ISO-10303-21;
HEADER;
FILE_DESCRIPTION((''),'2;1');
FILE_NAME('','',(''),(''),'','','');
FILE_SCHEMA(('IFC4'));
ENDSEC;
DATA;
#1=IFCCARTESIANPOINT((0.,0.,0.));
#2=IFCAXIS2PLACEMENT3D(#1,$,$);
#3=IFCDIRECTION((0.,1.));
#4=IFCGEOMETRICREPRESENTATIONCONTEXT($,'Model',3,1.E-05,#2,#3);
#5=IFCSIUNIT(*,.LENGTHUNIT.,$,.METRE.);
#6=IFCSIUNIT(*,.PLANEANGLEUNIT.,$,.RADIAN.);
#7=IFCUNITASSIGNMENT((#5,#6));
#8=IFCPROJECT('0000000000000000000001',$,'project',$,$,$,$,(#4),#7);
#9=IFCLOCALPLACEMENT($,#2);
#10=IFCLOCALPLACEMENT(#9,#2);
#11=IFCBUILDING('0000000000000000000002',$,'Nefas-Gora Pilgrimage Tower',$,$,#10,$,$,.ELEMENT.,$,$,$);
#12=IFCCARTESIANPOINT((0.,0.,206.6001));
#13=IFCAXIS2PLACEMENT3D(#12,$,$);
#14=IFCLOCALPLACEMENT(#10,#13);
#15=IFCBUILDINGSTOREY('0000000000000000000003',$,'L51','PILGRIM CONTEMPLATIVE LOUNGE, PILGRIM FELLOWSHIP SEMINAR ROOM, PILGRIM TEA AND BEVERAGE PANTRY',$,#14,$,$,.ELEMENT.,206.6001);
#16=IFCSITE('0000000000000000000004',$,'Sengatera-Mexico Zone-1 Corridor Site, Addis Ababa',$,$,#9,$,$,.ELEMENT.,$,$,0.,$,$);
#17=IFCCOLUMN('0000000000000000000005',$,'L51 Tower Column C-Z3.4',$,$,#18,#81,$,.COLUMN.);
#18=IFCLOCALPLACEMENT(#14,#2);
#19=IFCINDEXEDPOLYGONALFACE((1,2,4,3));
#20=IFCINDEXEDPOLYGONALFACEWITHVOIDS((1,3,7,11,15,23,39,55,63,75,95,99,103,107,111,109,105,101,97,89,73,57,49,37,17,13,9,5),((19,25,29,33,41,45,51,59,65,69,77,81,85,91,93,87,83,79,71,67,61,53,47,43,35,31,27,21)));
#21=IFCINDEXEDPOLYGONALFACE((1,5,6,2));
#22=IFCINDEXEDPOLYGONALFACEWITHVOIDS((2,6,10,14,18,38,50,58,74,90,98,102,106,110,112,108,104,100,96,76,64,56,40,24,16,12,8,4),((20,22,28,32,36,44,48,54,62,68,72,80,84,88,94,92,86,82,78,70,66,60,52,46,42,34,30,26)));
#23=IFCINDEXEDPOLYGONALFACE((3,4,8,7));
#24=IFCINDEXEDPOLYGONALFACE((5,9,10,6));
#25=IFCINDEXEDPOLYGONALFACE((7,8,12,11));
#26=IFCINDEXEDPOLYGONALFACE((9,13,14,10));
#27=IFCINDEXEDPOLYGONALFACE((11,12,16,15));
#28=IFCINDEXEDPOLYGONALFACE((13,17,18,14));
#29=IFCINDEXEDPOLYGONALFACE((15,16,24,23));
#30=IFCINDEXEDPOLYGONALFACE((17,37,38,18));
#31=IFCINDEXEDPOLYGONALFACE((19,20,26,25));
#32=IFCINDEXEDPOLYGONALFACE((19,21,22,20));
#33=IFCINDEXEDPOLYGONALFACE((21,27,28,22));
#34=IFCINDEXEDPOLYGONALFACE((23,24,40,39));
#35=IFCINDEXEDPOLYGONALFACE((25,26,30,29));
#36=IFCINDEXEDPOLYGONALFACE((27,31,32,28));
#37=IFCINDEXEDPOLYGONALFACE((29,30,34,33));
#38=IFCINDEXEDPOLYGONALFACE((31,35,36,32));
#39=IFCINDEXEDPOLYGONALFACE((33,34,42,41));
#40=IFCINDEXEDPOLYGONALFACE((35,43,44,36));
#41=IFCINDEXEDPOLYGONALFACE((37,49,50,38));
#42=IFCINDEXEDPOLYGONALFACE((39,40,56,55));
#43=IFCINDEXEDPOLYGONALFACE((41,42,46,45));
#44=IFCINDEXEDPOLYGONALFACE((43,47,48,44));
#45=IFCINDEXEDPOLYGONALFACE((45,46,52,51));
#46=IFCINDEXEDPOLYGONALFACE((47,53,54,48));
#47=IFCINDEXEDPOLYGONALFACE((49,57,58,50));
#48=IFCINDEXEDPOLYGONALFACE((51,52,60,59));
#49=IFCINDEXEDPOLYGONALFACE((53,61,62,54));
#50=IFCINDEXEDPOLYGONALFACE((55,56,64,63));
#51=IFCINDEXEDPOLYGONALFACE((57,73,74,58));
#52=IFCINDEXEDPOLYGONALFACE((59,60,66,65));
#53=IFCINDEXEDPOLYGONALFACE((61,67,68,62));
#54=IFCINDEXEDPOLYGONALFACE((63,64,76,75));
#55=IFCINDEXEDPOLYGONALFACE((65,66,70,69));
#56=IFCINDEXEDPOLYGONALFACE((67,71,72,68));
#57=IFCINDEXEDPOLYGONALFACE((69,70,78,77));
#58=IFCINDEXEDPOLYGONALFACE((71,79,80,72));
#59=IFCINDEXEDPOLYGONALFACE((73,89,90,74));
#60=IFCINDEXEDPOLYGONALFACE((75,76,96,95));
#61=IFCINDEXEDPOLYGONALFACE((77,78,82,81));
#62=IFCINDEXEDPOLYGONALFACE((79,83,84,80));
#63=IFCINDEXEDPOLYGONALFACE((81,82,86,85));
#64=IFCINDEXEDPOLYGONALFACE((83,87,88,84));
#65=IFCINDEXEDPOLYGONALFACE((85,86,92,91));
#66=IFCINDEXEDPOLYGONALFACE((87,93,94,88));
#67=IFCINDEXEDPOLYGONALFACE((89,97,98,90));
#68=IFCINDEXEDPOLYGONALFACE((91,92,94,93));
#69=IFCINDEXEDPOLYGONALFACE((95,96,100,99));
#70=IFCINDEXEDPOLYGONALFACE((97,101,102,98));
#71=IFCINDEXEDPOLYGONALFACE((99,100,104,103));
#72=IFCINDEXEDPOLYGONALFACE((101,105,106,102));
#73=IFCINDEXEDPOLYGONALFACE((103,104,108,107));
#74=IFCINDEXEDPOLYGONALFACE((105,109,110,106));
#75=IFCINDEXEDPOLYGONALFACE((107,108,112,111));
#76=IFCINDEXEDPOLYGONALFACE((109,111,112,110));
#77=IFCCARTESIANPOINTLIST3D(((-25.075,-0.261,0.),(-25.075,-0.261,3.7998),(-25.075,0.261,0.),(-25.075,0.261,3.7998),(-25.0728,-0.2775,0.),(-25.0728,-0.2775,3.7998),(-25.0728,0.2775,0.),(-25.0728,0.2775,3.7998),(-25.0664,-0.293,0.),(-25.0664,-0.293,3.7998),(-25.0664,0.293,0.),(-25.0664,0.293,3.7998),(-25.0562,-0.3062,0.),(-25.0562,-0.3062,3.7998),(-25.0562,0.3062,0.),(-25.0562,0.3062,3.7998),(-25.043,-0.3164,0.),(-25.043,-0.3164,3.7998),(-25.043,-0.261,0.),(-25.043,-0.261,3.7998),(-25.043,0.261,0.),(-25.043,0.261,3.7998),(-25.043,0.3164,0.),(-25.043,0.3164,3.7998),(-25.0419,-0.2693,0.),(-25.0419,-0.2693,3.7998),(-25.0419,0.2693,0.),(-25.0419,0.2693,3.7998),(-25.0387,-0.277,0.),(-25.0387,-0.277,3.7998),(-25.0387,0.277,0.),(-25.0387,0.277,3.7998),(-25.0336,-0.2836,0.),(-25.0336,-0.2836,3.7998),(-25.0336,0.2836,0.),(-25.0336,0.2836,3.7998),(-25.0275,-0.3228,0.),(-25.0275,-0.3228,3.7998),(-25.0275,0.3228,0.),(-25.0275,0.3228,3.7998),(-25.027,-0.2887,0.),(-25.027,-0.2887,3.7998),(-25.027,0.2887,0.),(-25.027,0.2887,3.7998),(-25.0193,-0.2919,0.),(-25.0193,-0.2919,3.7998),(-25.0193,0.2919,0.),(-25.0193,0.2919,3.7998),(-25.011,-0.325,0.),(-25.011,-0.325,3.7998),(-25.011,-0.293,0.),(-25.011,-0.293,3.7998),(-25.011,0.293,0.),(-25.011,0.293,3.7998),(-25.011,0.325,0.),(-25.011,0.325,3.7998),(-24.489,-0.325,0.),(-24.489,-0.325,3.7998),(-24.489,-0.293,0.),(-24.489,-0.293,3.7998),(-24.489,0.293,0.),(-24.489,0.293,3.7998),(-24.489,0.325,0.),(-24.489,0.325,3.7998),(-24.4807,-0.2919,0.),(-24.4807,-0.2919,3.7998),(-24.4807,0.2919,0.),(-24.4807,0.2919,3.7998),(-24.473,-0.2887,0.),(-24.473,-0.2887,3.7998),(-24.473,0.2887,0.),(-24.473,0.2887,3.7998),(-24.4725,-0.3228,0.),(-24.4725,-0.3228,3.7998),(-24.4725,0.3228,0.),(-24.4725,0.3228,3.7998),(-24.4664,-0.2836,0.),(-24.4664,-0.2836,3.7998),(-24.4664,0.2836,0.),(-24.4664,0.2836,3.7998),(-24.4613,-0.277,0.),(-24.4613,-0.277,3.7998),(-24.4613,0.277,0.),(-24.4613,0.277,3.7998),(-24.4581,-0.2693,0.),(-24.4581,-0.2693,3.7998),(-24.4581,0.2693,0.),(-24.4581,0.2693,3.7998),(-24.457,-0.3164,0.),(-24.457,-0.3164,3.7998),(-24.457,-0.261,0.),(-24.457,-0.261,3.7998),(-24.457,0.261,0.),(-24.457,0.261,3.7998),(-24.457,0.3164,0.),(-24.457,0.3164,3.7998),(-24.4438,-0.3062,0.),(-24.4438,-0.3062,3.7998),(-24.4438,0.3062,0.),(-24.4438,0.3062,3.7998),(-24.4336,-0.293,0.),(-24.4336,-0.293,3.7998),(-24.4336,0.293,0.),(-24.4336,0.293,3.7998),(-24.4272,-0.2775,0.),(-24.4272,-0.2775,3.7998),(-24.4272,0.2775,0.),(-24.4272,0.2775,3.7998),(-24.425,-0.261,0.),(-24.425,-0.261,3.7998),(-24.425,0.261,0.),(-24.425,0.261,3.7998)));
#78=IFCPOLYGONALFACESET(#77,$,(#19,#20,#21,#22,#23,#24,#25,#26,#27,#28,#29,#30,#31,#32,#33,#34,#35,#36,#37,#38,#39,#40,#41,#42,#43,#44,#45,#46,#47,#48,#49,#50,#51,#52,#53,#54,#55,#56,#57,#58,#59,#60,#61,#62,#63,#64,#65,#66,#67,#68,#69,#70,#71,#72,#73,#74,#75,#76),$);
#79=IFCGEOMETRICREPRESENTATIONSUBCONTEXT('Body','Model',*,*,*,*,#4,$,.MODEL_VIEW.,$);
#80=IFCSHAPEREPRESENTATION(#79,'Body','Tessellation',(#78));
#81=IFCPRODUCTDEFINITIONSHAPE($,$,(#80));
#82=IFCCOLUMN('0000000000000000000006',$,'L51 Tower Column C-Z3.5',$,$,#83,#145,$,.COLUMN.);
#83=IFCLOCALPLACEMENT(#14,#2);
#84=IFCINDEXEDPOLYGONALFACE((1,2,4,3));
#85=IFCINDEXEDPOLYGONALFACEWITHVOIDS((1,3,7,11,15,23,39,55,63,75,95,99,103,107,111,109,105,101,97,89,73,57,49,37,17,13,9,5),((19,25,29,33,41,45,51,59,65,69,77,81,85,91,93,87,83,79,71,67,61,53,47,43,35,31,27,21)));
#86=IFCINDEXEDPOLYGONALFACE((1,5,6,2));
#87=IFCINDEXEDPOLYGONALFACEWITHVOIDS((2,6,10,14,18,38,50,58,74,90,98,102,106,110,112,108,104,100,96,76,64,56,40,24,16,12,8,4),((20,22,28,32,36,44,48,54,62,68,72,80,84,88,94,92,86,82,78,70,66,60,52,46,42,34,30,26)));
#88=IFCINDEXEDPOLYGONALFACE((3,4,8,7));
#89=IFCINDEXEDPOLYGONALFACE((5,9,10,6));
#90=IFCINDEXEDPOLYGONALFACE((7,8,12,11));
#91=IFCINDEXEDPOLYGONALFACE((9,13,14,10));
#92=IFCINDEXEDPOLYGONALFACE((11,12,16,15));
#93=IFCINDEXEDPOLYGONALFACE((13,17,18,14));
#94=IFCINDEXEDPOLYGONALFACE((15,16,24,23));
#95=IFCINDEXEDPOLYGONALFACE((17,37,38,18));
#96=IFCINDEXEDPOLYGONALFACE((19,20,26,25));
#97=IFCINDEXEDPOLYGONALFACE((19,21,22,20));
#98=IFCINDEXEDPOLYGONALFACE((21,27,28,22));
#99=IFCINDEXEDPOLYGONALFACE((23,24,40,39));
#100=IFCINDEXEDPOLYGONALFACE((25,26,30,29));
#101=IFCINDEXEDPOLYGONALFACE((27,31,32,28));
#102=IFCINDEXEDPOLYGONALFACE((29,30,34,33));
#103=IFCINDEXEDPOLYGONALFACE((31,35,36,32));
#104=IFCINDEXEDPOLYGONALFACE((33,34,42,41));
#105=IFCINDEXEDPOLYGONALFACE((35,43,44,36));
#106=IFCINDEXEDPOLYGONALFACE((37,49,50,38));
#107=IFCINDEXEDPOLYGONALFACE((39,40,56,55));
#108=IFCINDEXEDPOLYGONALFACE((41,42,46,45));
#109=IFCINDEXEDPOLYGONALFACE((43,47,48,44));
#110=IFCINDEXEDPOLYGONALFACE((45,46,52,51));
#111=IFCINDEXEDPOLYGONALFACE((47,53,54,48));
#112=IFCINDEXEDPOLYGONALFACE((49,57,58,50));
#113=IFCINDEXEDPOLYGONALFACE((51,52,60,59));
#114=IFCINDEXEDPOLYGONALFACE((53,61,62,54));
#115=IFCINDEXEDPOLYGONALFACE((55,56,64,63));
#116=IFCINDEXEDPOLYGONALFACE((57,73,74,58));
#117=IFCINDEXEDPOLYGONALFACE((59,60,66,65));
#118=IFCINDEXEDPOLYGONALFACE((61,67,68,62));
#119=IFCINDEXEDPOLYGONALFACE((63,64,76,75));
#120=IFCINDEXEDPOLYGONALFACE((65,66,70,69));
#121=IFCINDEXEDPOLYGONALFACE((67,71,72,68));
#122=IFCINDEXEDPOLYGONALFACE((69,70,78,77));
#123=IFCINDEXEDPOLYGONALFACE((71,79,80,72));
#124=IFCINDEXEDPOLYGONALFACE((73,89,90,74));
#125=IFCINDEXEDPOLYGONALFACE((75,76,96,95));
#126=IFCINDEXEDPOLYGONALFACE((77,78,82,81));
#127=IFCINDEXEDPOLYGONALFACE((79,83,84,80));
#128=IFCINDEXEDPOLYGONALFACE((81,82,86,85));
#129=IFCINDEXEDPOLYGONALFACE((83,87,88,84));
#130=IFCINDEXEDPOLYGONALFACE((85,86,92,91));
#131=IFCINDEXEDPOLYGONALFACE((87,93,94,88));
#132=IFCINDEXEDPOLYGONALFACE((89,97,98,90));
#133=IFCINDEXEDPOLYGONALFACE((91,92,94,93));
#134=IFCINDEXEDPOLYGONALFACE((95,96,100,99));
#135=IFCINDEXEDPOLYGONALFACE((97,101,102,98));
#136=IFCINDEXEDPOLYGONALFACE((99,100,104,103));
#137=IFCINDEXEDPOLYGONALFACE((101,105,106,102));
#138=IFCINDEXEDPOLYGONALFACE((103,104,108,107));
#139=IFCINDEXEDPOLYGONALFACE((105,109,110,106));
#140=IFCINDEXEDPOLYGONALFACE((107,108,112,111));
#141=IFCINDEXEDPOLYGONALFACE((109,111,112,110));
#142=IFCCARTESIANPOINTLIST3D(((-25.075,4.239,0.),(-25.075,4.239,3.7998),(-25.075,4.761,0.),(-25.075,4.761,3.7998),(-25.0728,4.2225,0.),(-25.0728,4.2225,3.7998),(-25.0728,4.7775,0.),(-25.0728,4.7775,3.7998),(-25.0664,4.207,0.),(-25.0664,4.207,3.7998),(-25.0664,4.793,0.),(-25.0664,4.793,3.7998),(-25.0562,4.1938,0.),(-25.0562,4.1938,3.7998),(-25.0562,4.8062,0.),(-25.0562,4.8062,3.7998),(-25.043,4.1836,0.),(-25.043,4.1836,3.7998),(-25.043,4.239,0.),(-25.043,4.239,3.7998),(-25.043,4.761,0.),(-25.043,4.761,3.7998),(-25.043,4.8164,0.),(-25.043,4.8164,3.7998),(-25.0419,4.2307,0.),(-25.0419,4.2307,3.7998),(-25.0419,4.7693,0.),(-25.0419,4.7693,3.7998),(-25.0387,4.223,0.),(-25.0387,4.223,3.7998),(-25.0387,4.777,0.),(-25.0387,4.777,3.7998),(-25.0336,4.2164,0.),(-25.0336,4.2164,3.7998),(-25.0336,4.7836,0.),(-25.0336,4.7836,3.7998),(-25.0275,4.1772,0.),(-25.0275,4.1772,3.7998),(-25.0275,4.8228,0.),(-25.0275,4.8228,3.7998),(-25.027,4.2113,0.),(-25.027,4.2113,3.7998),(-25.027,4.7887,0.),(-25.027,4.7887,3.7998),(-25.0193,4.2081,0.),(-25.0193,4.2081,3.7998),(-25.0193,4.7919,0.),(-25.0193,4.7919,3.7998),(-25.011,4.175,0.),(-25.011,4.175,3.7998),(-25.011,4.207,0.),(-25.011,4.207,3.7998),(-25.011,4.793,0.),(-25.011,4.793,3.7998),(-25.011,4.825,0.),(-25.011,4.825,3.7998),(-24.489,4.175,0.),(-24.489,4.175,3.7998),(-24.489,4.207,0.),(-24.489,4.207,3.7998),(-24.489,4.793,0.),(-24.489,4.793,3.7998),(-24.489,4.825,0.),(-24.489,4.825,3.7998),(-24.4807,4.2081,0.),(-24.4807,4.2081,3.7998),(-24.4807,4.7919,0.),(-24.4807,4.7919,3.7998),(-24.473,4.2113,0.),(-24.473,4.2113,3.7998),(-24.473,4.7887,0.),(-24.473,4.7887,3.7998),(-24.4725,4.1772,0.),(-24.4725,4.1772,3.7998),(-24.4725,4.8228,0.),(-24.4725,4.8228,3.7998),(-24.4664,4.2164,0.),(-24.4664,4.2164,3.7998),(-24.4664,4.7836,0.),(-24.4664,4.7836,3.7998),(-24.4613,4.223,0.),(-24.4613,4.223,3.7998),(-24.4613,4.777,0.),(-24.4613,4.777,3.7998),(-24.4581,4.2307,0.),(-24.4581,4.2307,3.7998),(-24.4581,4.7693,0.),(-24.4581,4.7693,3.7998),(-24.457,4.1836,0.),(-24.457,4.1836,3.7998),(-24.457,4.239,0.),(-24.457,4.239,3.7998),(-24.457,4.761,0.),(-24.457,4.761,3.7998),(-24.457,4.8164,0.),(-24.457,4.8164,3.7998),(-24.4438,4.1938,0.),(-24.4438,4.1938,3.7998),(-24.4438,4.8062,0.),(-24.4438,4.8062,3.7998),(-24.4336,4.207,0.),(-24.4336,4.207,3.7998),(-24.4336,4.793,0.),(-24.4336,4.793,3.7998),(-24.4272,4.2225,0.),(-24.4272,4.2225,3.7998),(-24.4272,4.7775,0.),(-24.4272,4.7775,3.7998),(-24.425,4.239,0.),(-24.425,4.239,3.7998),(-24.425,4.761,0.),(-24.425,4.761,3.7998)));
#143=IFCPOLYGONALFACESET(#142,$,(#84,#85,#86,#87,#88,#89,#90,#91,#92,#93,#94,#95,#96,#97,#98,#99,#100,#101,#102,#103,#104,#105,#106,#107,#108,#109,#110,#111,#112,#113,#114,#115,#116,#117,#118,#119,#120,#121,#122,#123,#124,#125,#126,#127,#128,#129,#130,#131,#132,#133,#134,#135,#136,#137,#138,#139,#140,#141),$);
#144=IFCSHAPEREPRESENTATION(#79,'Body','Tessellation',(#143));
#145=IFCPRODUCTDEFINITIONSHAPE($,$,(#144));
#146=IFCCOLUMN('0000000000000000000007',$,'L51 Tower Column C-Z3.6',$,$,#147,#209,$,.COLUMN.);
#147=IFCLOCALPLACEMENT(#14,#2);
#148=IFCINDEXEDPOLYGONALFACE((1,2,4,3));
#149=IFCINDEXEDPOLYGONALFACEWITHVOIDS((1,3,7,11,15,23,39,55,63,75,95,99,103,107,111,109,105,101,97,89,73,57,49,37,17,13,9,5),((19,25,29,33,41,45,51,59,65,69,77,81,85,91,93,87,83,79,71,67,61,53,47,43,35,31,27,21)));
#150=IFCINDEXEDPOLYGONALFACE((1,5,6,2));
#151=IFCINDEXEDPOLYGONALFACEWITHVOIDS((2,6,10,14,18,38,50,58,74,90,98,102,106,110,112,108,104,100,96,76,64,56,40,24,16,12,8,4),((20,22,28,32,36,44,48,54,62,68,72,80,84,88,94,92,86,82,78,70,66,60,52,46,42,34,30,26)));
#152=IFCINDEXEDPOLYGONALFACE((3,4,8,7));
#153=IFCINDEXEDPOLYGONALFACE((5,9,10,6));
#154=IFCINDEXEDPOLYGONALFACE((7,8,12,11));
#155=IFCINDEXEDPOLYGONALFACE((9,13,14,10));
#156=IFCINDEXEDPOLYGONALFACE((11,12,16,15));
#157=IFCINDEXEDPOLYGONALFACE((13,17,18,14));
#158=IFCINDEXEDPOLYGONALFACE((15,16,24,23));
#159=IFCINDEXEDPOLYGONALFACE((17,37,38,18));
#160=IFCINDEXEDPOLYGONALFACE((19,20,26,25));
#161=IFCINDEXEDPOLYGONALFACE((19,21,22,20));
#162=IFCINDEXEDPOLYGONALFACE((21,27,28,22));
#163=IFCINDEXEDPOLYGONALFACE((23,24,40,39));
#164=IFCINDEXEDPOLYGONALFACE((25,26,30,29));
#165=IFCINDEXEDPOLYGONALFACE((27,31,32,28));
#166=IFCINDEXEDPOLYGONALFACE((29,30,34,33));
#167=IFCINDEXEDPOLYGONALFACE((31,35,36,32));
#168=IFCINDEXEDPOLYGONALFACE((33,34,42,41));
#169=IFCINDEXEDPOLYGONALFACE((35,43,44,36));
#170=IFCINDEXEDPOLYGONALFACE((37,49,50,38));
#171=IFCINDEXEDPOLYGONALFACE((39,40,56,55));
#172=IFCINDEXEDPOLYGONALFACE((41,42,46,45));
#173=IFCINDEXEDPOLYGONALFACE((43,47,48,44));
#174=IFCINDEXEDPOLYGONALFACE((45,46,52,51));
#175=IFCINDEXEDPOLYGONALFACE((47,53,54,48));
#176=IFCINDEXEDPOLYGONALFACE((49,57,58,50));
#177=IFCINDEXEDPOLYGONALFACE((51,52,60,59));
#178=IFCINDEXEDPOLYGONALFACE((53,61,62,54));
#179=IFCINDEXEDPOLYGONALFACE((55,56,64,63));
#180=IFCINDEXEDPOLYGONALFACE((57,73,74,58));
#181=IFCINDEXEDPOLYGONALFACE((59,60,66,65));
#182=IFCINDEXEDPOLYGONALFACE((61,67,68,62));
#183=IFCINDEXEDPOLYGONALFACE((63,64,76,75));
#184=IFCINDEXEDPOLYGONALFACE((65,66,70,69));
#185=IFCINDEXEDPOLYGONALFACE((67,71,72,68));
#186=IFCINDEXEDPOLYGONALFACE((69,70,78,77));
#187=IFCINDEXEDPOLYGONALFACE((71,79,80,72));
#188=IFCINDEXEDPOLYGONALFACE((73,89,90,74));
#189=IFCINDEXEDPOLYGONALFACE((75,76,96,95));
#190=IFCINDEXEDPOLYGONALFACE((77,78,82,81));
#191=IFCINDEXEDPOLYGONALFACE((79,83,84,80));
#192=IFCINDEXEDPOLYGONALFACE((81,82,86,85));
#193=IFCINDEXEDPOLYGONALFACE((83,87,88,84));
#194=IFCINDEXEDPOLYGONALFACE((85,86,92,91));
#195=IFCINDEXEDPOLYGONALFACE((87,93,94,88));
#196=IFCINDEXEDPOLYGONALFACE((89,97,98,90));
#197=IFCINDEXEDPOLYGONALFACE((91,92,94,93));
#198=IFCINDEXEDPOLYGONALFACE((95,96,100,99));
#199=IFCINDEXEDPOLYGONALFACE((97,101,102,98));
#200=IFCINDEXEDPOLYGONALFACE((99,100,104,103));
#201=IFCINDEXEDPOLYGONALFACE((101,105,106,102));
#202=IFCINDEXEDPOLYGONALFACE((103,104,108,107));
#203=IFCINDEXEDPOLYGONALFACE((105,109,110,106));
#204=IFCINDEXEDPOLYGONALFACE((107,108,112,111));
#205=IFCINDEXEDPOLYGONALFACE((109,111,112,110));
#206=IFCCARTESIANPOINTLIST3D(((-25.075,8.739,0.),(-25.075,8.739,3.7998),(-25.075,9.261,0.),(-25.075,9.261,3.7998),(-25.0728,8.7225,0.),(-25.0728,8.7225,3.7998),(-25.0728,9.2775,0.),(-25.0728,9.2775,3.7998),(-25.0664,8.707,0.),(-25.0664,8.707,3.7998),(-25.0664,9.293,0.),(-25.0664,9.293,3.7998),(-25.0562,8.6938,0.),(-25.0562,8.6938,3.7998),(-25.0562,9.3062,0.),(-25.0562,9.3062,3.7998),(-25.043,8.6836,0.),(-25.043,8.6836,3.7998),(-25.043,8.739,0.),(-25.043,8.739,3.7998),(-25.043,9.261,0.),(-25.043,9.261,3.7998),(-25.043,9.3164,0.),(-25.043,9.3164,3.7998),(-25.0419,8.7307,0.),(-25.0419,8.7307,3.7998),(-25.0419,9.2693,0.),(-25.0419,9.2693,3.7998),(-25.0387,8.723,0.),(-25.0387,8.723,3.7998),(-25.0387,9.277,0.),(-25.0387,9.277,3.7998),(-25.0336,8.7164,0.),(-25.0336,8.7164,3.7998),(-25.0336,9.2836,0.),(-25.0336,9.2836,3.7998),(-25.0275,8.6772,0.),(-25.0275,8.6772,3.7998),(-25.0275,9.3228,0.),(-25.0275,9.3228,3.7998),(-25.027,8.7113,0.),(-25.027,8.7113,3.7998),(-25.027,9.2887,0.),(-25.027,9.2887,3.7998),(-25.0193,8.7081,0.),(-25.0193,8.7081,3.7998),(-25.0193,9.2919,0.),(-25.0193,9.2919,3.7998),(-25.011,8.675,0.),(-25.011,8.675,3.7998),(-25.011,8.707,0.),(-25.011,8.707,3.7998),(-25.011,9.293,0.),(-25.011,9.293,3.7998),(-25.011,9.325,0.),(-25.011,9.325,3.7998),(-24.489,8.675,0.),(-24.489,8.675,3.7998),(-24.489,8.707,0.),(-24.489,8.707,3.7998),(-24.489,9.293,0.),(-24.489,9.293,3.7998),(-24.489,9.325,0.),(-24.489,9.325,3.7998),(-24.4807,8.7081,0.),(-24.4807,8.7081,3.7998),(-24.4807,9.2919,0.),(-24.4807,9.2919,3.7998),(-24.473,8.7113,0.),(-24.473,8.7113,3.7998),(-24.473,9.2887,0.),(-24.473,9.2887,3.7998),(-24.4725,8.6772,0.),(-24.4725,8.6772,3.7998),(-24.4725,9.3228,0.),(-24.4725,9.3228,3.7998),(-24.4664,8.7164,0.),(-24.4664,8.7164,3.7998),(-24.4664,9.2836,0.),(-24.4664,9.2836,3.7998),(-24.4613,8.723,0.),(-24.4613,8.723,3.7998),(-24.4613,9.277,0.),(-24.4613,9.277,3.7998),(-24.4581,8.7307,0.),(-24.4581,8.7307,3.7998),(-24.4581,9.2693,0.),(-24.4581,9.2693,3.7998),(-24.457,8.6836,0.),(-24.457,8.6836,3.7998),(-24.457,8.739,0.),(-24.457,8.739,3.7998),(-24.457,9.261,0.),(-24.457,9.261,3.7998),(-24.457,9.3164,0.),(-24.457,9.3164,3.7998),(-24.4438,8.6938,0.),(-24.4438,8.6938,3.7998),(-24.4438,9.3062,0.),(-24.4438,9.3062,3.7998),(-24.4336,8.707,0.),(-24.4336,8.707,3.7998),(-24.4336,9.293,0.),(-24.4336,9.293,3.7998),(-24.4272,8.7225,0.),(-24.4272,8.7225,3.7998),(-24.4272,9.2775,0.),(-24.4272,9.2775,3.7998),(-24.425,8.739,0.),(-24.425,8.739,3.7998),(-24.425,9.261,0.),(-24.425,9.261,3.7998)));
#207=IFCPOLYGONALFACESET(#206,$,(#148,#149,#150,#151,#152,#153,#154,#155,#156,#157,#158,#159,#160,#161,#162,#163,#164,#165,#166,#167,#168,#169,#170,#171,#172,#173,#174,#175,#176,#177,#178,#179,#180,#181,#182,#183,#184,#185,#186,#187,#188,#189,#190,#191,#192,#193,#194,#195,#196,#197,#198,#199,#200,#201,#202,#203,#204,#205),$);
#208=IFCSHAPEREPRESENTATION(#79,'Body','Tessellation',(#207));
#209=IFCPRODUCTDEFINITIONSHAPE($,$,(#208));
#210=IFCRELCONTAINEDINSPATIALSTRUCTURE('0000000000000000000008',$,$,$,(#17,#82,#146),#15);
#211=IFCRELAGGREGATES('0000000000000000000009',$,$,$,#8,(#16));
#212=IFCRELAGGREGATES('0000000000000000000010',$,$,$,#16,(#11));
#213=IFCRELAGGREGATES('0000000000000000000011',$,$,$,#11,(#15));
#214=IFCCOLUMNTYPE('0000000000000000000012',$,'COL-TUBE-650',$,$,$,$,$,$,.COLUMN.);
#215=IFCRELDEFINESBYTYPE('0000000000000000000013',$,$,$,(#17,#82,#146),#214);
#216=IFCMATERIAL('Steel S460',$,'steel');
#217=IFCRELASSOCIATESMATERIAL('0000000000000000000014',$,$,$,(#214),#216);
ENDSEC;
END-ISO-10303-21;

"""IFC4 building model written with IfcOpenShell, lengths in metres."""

from ifc_helpers import new_model, si_unit, direction, frame, origin, origin_2d, place, context, subcontext, project, spatial, hollow_rectangle, extrude, source, transform, mapped, material, material_profile, profile_set, type_object, element, save


model = new_model("IFC4")

# Units and contexts
model_context = context("Model", 3, precision=1e-05, world=origin(), true_north=direction((0.0, 1.0)))
body_context = subcontext(model_context, "Body", "Model", "MODEL_VIEW")
ifc_project = project(units=[si_unit("LENGTHUNIT", "METRE"), si_unit("PLANEANGLEUNIT", "RADIAN")], contexts=[model_context])

# Site, building, storey
site_placement = place(None, origin())
site = spatial("IfcSite", under=ifc_project, at=site_placement, Name="Sengatera-Mexico Zone-1 Corridor Site, Addis Ababa", CompositionType="ELEMENT", RefElevation=0.0)
building_placement = place(site_placement, origin())
building = spatial("IfcBuilding", under=site, at=building_placement, Name="Nefas-Gora Pilgrimage Tower", CompositionType="ELEMENT")
storey_placement = place(building_placement, frame((0.0, 0.0, 206.6001)))
storey = spatial("IfcBuildingStorey", under=building, at=storey_placement, Name="L51", Description="PILGRIM CONTEMPLATIVE LOUNGE, PILGRIM FELLOWSHIP SEMINAR ROOM, PILGRIM TEA AND BEVERAGE PANTRY", CompositionType="ELEMENT", Elevation=206.6001)

# Columns
ifc_material_1 = material(Name="Steel S460", Category="steel")
ifc_material_profile_1 = material_profile(ifc_material_1, hollow_rectangle(XDim=0.6499, YDim=0.6499, WallThickness=0.032, InnerFilletRadius=0.032, OuterFilletRadius=0.064, at=origin_2d()), Name="BOX 650x650x32")
ifc_profile_set_1 = profile_set([ifc_material_profile_1], Name="Steel S460")
column_type_1 = type_object("IfcColumnType", Name="COL-TUBE-650", PredefinedType="COLUMN", material=ifc_profile_set_1)
shared_shape_1 = source(origin(), body_context, "Body", "SweptSolid", [
    extrude(hollow_rectangle(XDim=0.6499, YDim=0.6499, WallThickness=0.032, InnerFilletRadius=0.032, OuterFilletRadius=0.064, at=origin_2d()), origin(), (0.0, 0.0, 1.0), 3.7998),
])
for number, where, z_axis, x_axis, name in (
    (1, (-24.75, 0.0, 0.0), (0.0, 0.0, 1.0), (1.0, 0.0, 0.0), "L51 Tower Column C-Z3.4"),
    (2, (-24.75, 4.5, 0.0), (0.0, 0.0, 1.0), (1.0, 0.0, 0.0), "L51 Tower Column C-Z3.5"),
    (3, (-24.75, 9.0, 0.0), (0.0, 0.0, 1.0), (1.0, 0.0, 0.0), "L51 Tower Column C-Z3.6"),
):
    element("IfcColumn", number, at=place(storey_placement, frame(where, z_axis=z_axis, x_axis=x_axis)), inside=storey, type_object=column_type_1, Name=name, PredefinedType="COLUMN", context=body_context, shape_type="MappedRepresentation", body=[
        mapped(shared_shape_1, transform((0.0, 0.0, 0.0), x_axis=(1.0, 0.0, 0.0), y_axis=(0.0, 1.0, 0.0), z_axis=(0.0, 0.0, 1.0), scale=1.0)),
    ])

save(model, "model.ifc")
